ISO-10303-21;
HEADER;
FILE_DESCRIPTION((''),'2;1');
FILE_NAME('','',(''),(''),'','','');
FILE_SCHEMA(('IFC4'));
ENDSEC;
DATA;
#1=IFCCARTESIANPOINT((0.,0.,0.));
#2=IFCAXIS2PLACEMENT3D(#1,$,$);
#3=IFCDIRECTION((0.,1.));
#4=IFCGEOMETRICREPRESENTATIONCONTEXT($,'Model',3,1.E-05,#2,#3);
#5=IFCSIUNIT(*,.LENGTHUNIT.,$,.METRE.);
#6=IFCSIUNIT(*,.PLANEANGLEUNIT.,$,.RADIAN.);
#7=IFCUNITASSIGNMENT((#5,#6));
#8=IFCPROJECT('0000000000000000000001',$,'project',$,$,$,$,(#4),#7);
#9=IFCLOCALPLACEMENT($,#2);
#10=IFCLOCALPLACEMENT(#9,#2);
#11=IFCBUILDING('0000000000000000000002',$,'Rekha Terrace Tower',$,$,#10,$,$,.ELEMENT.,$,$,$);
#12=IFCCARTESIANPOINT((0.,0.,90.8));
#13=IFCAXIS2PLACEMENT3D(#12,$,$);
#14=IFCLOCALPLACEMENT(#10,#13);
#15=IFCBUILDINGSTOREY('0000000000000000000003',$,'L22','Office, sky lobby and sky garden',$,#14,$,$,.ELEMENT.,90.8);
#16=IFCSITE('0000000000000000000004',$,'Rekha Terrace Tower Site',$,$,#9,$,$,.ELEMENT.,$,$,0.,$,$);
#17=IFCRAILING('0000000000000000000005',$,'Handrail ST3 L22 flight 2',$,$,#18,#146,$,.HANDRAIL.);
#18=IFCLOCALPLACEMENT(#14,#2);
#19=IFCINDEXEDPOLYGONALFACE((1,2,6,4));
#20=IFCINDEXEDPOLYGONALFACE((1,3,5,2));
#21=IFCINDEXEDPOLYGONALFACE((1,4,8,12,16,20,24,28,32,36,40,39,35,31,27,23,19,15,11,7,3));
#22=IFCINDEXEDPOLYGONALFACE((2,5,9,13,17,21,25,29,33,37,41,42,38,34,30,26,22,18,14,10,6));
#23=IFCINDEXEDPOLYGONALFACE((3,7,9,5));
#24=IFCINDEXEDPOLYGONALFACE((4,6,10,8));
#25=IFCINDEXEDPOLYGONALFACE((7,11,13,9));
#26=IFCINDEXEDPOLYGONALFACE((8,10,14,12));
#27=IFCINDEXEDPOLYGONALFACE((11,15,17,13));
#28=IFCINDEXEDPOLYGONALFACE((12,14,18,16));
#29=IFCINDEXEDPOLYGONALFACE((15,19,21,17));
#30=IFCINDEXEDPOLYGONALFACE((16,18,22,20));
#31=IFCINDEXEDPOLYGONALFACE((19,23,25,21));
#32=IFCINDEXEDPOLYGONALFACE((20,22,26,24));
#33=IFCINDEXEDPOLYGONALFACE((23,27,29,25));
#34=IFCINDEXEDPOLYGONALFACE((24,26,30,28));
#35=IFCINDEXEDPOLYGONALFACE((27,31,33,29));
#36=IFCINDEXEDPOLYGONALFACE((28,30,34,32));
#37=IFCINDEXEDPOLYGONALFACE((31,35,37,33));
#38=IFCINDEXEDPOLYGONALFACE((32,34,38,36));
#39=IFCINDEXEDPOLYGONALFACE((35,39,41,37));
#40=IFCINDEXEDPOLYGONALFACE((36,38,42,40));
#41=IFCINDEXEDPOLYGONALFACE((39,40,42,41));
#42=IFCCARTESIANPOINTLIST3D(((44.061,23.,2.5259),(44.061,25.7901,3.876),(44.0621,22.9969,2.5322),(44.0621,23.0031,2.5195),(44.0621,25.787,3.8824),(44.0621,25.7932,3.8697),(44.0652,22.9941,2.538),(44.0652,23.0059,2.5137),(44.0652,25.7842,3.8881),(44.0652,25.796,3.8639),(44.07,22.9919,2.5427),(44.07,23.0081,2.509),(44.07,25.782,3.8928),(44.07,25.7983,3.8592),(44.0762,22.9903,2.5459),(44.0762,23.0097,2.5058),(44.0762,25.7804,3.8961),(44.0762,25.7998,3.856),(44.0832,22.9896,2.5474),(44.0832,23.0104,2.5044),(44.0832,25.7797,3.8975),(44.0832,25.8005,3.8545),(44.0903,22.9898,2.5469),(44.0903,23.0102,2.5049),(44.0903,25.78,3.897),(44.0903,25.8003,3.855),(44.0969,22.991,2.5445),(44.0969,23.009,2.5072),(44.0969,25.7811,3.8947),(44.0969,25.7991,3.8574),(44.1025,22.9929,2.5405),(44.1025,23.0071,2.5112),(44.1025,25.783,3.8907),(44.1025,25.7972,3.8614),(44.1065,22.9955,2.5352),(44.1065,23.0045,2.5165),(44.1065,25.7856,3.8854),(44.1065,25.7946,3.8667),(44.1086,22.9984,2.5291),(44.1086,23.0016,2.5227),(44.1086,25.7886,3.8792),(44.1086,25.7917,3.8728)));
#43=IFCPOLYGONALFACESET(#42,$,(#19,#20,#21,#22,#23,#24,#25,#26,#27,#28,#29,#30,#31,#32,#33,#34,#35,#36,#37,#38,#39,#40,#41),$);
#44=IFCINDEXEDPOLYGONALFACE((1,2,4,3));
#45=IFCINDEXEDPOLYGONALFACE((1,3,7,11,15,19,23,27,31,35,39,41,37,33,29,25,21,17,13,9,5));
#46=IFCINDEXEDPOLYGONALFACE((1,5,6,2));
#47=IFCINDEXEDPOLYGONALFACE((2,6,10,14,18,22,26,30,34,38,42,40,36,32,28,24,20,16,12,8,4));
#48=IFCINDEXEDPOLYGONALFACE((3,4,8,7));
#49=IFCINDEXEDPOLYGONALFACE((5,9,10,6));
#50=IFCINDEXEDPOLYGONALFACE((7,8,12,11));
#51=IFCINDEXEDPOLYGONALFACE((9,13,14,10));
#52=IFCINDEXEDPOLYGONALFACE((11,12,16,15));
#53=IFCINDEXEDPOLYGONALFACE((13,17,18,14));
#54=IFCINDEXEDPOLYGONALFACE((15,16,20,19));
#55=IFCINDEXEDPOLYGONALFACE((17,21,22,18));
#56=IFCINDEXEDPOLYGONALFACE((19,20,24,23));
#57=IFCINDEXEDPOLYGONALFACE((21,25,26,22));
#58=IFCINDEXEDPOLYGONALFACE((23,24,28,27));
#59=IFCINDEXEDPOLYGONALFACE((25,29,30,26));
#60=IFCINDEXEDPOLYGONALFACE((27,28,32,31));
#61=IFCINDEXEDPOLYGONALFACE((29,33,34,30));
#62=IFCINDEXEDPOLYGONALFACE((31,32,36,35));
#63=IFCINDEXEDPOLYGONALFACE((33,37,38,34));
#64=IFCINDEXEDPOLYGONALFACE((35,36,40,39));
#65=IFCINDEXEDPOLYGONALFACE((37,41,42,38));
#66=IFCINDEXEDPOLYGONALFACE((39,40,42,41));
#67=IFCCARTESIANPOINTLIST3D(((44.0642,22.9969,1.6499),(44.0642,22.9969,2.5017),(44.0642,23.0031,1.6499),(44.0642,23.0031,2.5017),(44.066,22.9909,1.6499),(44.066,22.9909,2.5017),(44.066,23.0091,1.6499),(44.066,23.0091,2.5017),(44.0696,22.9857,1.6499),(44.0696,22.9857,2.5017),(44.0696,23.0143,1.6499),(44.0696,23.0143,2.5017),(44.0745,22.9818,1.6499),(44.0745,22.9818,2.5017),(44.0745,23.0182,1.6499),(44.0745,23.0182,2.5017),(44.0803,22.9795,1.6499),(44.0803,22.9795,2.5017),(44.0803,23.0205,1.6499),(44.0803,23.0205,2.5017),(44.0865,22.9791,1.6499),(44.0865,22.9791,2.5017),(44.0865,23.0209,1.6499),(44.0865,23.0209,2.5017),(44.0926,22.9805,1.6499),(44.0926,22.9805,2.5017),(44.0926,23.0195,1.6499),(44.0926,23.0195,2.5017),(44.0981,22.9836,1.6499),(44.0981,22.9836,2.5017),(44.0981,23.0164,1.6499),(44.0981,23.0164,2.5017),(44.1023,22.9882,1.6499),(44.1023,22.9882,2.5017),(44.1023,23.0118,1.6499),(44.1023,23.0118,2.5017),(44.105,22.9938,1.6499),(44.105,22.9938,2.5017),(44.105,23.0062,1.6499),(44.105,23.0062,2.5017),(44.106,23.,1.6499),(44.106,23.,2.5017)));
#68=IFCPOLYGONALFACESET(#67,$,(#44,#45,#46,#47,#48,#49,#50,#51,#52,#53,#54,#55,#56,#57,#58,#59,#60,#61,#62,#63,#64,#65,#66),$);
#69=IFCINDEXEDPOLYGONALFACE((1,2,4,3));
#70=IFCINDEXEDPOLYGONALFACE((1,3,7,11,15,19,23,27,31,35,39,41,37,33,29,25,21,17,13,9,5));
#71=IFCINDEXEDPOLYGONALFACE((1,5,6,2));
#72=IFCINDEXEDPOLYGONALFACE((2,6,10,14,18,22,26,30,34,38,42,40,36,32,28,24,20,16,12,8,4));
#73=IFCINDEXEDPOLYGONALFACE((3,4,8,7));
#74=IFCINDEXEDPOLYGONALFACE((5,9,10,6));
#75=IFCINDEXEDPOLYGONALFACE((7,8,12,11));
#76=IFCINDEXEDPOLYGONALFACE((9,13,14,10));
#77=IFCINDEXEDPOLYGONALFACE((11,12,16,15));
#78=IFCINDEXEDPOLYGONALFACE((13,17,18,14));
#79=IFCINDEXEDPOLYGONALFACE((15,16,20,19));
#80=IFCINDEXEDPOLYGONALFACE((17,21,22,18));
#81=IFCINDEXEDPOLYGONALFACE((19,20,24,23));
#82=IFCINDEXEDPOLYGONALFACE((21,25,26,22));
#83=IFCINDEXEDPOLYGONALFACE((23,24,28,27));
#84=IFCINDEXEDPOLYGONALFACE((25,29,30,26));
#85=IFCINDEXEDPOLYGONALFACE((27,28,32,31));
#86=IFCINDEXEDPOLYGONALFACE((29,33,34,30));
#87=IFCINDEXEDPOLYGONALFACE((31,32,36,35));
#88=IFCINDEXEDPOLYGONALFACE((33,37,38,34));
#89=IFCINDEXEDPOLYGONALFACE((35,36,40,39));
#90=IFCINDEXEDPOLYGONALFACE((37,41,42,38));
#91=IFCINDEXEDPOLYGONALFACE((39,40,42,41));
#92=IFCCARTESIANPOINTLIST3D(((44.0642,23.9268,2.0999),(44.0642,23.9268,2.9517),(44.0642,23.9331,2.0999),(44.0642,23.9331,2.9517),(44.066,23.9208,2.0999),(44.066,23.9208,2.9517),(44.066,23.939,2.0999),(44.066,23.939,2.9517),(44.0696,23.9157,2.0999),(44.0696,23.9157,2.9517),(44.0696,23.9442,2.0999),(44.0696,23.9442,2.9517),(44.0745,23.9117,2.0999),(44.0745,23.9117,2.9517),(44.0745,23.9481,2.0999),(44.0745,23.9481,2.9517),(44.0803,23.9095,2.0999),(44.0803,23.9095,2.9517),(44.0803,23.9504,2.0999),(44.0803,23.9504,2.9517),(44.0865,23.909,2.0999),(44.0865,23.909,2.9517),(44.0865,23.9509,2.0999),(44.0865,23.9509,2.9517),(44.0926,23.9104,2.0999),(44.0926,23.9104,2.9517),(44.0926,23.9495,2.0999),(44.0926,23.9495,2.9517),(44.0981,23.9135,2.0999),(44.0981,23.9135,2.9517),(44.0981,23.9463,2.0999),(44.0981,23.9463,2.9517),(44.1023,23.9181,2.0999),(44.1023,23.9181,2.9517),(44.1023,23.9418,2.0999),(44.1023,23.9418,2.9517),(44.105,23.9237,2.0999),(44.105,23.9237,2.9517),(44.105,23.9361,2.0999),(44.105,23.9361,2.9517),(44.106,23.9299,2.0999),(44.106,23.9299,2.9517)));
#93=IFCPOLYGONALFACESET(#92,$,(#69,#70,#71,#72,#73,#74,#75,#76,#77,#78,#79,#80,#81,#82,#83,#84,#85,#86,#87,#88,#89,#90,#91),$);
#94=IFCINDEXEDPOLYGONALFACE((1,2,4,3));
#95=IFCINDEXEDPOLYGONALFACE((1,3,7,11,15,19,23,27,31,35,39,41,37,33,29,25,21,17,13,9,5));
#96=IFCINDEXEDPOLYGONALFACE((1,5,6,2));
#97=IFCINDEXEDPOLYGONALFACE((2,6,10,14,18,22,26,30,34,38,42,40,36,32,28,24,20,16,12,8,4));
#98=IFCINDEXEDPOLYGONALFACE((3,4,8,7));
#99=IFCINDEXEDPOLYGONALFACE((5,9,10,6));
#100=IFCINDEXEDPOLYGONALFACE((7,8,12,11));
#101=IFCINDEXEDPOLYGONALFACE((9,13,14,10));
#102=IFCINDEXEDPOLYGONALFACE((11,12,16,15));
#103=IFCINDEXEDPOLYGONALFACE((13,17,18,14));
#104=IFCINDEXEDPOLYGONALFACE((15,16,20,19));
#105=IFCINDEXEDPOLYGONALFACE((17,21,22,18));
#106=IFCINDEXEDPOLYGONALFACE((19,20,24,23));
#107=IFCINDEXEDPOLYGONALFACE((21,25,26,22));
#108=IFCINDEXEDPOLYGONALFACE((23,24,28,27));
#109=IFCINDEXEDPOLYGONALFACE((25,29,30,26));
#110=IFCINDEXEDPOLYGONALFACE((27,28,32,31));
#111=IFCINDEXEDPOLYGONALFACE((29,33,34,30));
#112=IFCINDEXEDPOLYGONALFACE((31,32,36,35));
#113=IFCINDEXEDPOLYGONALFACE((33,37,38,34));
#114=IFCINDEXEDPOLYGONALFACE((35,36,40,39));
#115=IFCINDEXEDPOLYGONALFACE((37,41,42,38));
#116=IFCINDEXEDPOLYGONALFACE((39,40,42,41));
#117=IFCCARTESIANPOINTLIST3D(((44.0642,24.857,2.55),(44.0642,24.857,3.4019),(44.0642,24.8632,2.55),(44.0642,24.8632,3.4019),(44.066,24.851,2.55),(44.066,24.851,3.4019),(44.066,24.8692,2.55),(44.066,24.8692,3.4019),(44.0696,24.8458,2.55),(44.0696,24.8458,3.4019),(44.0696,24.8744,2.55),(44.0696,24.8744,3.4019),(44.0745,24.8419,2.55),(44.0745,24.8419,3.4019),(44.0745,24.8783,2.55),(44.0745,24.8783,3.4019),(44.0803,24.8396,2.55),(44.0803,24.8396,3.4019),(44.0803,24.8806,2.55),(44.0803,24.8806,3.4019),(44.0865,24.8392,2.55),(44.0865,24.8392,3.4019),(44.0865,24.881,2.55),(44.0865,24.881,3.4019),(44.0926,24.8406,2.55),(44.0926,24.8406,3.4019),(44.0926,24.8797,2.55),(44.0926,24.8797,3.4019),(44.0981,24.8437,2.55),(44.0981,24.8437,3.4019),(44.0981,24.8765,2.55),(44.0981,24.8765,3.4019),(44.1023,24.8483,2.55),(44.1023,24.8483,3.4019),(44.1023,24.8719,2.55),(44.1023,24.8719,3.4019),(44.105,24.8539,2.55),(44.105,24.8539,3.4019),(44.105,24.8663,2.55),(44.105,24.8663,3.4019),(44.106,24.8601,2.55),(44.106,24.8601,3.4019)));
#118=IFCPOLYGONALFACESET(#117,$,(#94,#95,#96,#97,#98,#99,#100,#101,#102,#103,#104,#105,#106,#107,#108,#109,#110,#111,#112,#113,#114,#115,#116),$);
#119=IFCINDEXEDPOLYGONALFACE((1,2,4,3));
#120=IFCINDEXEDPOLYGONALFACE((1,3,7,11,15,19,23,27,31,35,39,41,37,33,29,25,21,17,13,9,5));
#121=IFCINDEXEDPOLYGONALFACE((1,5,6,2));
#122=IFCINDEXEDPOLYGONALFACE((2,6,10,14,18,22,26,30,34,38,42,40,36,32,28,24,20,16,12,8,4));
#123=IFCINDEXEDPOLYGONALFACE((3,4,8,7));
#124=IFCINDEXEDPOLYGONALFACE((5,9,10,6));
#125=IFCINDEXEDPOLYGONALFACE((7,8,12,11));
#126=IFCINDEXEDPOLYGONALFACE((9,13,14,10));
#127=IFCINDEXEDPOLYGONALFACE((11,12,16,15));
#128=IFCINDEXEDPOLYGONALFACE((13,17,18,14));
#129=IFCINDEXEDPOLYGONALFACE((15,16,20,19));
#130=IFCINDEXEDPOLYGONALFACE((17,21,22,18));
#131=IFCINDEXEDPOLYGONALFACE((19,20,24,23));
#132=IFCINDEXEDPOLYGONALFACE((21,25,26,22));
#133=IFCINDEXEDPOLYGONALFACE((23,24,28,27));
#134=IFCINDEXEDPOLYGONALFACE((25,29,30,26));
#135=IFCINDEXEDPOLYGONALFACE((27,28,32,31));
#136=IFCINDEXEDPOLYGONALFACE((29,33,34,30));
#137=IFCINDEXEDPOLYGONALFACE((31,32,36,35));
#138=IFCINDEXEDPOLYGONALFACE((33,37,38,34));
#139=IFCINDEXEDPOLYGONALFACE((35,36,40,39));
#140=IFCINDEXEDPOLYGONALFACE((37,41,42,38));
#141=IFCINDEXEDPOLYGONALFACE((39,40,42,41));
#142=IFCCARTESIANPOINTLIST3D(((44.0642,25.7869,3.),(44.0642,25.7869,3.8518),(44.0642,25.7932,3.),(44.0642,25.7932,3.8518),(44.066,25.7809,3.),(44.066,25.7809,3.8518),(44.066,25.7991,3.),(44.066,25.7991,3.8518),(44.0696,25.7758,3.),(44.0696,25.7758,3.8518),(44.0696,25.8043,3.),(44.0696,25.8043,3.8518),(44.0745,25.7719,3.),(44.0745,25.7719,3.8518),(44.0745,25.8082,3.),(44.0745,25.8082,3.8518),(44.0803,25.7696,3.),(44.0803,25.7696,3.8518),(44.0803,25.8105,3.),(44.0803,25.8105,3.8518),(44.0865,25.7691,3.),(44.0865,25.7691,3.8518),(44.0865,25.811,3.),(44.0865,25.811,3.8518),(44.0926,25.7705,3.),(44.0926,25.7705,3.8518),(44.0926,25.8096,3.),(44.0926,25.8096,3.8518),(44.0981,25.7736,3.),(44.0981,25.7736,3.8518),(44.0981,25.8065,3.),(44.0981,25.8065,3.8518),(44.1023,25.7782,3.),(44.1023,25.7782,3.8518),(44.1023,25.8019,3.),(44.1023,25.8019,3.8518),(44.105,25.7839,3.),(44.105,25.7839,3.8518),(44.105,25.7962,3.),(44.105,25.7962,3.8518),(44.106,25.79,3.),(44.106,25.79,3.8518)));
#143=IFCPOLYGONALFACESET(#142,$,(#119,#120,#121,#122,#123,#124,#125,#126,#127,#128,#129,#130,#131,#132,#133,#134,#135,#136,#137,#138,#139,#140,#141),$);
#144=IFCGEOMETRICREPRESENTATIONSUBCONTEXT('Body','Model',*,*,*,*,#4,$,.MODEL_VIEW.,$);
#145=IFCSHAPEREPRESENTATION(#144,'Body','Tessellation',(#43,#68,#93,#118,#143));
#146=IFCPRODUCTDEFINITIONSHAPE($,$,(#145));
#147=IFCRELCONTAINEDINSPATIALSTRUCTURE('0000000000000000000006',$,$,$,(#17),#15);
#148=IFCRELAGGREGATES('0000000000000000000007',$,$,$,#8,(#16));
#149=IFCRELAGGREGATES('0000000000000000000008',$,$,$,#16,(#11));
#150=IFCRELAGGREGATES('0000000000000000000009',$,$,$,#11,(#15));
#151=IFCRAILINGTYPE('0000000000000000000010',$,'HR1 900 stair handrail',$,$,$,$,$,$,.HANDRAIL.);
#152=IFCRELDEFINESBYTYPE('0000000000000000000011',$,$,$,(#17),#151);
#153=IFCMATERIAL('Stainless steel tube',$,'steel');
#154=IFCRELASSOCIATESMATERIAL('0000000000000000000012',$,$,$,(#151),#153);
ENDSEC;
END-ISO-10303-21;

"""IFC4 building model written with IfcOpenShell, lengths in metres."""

from ifc_helpers import new_model, si_unit, direction, frame, origin, origin_2d, place, context, subcontext, project, spatial, circle, extrude, material, type_object, element, save


model = new_model("IFC4")

# Units and contexts
model_context = context("Model", 3, precision=1e-05, world=origin(), true_north=direction((0.0, 1.0)))
body_context = subcontext(model_context, "Body", "Model", "MODEL_VIEW")
ifc_project = project(units=[si_unit("LENGTHUNIT", "METRE"), si_unit("PLANEANGLEUNIT", "RADIAN")], contexts=[model_context])

# Site, building, storey
site_placement = place(None, origin())
site = spatial("IfcSite", under=ifc_project, at=site_placement, Name="Rekha Terrace Tower Site", CompositionType="ELEMENT", RefElevation=0.0)
building_placement = place(site_placement, origin())
building = spatial("IfcBuilding", under=site, at=building_placement, Name="Rekha Terrace Tower", CompositionType="ELEMENT")
storey_placement = place(building_placement, frame((0.0, 0.0, 90.8)))
storey = spatial("IfcBuildingStorey", under=building, at=storey_placement, Name="L22", Description="Office, sky lobby and sky garden", CompositionType="ELEMENT", Elevation=90.8)

# Railing
ifc_material_1 = material(Name="Stainless steel tube", Category="steel")
railing_type_1 = type_object("IfcRailingType", Name="HR1 900 stair handrail", PredefinedType="HANDRAIL", material=ifc_material_1)
railing_1_placement = place(storey_placement, frame((44.085, 23.0, 1.6499)))
element("IfcRailing", 1, at=railing_1_placement, inside=storey, type_object=railing_type_1, Name="Handrail ST3 L22 flight 2", PredefinedType="HANDRAIL", context=body_context, shape_type="SweptSolid", body=[
    extrude(circle(Radius=0.0239, at=origin_2d()), frame((0.0, 0.0, 0.876), z_axis=(0.0, 0.900149, 0.435582), x_axis=(-1.0, 0.0, 0.0)), (0.0, 0.0, 1.0), 3.0996),
    extrude(circle(Radius=0.021, at=origin_2d()), origin(), (0.0, 0.0, 1.0), 0.8518),
    extrude(circle(Radius=0.021, at=origin_2d()), frame((0.0, 0.9299, 0.45)), (0.0, 0.0, 1.0), 0.8518),
    extrude(circle(Radius=0.021, at=origin_2d()), frame((0.0, 1.8601, 0.9001)), (0.0, 0.0, 1.0), 0.8518),
    extrude(circle(Radius=0.021, at=origin_2d()), frame((0.0, 2.79, 1.3501)), (0.0, 0.0, 1.0), 0.8518),
])

save(model, "model.ifc")
